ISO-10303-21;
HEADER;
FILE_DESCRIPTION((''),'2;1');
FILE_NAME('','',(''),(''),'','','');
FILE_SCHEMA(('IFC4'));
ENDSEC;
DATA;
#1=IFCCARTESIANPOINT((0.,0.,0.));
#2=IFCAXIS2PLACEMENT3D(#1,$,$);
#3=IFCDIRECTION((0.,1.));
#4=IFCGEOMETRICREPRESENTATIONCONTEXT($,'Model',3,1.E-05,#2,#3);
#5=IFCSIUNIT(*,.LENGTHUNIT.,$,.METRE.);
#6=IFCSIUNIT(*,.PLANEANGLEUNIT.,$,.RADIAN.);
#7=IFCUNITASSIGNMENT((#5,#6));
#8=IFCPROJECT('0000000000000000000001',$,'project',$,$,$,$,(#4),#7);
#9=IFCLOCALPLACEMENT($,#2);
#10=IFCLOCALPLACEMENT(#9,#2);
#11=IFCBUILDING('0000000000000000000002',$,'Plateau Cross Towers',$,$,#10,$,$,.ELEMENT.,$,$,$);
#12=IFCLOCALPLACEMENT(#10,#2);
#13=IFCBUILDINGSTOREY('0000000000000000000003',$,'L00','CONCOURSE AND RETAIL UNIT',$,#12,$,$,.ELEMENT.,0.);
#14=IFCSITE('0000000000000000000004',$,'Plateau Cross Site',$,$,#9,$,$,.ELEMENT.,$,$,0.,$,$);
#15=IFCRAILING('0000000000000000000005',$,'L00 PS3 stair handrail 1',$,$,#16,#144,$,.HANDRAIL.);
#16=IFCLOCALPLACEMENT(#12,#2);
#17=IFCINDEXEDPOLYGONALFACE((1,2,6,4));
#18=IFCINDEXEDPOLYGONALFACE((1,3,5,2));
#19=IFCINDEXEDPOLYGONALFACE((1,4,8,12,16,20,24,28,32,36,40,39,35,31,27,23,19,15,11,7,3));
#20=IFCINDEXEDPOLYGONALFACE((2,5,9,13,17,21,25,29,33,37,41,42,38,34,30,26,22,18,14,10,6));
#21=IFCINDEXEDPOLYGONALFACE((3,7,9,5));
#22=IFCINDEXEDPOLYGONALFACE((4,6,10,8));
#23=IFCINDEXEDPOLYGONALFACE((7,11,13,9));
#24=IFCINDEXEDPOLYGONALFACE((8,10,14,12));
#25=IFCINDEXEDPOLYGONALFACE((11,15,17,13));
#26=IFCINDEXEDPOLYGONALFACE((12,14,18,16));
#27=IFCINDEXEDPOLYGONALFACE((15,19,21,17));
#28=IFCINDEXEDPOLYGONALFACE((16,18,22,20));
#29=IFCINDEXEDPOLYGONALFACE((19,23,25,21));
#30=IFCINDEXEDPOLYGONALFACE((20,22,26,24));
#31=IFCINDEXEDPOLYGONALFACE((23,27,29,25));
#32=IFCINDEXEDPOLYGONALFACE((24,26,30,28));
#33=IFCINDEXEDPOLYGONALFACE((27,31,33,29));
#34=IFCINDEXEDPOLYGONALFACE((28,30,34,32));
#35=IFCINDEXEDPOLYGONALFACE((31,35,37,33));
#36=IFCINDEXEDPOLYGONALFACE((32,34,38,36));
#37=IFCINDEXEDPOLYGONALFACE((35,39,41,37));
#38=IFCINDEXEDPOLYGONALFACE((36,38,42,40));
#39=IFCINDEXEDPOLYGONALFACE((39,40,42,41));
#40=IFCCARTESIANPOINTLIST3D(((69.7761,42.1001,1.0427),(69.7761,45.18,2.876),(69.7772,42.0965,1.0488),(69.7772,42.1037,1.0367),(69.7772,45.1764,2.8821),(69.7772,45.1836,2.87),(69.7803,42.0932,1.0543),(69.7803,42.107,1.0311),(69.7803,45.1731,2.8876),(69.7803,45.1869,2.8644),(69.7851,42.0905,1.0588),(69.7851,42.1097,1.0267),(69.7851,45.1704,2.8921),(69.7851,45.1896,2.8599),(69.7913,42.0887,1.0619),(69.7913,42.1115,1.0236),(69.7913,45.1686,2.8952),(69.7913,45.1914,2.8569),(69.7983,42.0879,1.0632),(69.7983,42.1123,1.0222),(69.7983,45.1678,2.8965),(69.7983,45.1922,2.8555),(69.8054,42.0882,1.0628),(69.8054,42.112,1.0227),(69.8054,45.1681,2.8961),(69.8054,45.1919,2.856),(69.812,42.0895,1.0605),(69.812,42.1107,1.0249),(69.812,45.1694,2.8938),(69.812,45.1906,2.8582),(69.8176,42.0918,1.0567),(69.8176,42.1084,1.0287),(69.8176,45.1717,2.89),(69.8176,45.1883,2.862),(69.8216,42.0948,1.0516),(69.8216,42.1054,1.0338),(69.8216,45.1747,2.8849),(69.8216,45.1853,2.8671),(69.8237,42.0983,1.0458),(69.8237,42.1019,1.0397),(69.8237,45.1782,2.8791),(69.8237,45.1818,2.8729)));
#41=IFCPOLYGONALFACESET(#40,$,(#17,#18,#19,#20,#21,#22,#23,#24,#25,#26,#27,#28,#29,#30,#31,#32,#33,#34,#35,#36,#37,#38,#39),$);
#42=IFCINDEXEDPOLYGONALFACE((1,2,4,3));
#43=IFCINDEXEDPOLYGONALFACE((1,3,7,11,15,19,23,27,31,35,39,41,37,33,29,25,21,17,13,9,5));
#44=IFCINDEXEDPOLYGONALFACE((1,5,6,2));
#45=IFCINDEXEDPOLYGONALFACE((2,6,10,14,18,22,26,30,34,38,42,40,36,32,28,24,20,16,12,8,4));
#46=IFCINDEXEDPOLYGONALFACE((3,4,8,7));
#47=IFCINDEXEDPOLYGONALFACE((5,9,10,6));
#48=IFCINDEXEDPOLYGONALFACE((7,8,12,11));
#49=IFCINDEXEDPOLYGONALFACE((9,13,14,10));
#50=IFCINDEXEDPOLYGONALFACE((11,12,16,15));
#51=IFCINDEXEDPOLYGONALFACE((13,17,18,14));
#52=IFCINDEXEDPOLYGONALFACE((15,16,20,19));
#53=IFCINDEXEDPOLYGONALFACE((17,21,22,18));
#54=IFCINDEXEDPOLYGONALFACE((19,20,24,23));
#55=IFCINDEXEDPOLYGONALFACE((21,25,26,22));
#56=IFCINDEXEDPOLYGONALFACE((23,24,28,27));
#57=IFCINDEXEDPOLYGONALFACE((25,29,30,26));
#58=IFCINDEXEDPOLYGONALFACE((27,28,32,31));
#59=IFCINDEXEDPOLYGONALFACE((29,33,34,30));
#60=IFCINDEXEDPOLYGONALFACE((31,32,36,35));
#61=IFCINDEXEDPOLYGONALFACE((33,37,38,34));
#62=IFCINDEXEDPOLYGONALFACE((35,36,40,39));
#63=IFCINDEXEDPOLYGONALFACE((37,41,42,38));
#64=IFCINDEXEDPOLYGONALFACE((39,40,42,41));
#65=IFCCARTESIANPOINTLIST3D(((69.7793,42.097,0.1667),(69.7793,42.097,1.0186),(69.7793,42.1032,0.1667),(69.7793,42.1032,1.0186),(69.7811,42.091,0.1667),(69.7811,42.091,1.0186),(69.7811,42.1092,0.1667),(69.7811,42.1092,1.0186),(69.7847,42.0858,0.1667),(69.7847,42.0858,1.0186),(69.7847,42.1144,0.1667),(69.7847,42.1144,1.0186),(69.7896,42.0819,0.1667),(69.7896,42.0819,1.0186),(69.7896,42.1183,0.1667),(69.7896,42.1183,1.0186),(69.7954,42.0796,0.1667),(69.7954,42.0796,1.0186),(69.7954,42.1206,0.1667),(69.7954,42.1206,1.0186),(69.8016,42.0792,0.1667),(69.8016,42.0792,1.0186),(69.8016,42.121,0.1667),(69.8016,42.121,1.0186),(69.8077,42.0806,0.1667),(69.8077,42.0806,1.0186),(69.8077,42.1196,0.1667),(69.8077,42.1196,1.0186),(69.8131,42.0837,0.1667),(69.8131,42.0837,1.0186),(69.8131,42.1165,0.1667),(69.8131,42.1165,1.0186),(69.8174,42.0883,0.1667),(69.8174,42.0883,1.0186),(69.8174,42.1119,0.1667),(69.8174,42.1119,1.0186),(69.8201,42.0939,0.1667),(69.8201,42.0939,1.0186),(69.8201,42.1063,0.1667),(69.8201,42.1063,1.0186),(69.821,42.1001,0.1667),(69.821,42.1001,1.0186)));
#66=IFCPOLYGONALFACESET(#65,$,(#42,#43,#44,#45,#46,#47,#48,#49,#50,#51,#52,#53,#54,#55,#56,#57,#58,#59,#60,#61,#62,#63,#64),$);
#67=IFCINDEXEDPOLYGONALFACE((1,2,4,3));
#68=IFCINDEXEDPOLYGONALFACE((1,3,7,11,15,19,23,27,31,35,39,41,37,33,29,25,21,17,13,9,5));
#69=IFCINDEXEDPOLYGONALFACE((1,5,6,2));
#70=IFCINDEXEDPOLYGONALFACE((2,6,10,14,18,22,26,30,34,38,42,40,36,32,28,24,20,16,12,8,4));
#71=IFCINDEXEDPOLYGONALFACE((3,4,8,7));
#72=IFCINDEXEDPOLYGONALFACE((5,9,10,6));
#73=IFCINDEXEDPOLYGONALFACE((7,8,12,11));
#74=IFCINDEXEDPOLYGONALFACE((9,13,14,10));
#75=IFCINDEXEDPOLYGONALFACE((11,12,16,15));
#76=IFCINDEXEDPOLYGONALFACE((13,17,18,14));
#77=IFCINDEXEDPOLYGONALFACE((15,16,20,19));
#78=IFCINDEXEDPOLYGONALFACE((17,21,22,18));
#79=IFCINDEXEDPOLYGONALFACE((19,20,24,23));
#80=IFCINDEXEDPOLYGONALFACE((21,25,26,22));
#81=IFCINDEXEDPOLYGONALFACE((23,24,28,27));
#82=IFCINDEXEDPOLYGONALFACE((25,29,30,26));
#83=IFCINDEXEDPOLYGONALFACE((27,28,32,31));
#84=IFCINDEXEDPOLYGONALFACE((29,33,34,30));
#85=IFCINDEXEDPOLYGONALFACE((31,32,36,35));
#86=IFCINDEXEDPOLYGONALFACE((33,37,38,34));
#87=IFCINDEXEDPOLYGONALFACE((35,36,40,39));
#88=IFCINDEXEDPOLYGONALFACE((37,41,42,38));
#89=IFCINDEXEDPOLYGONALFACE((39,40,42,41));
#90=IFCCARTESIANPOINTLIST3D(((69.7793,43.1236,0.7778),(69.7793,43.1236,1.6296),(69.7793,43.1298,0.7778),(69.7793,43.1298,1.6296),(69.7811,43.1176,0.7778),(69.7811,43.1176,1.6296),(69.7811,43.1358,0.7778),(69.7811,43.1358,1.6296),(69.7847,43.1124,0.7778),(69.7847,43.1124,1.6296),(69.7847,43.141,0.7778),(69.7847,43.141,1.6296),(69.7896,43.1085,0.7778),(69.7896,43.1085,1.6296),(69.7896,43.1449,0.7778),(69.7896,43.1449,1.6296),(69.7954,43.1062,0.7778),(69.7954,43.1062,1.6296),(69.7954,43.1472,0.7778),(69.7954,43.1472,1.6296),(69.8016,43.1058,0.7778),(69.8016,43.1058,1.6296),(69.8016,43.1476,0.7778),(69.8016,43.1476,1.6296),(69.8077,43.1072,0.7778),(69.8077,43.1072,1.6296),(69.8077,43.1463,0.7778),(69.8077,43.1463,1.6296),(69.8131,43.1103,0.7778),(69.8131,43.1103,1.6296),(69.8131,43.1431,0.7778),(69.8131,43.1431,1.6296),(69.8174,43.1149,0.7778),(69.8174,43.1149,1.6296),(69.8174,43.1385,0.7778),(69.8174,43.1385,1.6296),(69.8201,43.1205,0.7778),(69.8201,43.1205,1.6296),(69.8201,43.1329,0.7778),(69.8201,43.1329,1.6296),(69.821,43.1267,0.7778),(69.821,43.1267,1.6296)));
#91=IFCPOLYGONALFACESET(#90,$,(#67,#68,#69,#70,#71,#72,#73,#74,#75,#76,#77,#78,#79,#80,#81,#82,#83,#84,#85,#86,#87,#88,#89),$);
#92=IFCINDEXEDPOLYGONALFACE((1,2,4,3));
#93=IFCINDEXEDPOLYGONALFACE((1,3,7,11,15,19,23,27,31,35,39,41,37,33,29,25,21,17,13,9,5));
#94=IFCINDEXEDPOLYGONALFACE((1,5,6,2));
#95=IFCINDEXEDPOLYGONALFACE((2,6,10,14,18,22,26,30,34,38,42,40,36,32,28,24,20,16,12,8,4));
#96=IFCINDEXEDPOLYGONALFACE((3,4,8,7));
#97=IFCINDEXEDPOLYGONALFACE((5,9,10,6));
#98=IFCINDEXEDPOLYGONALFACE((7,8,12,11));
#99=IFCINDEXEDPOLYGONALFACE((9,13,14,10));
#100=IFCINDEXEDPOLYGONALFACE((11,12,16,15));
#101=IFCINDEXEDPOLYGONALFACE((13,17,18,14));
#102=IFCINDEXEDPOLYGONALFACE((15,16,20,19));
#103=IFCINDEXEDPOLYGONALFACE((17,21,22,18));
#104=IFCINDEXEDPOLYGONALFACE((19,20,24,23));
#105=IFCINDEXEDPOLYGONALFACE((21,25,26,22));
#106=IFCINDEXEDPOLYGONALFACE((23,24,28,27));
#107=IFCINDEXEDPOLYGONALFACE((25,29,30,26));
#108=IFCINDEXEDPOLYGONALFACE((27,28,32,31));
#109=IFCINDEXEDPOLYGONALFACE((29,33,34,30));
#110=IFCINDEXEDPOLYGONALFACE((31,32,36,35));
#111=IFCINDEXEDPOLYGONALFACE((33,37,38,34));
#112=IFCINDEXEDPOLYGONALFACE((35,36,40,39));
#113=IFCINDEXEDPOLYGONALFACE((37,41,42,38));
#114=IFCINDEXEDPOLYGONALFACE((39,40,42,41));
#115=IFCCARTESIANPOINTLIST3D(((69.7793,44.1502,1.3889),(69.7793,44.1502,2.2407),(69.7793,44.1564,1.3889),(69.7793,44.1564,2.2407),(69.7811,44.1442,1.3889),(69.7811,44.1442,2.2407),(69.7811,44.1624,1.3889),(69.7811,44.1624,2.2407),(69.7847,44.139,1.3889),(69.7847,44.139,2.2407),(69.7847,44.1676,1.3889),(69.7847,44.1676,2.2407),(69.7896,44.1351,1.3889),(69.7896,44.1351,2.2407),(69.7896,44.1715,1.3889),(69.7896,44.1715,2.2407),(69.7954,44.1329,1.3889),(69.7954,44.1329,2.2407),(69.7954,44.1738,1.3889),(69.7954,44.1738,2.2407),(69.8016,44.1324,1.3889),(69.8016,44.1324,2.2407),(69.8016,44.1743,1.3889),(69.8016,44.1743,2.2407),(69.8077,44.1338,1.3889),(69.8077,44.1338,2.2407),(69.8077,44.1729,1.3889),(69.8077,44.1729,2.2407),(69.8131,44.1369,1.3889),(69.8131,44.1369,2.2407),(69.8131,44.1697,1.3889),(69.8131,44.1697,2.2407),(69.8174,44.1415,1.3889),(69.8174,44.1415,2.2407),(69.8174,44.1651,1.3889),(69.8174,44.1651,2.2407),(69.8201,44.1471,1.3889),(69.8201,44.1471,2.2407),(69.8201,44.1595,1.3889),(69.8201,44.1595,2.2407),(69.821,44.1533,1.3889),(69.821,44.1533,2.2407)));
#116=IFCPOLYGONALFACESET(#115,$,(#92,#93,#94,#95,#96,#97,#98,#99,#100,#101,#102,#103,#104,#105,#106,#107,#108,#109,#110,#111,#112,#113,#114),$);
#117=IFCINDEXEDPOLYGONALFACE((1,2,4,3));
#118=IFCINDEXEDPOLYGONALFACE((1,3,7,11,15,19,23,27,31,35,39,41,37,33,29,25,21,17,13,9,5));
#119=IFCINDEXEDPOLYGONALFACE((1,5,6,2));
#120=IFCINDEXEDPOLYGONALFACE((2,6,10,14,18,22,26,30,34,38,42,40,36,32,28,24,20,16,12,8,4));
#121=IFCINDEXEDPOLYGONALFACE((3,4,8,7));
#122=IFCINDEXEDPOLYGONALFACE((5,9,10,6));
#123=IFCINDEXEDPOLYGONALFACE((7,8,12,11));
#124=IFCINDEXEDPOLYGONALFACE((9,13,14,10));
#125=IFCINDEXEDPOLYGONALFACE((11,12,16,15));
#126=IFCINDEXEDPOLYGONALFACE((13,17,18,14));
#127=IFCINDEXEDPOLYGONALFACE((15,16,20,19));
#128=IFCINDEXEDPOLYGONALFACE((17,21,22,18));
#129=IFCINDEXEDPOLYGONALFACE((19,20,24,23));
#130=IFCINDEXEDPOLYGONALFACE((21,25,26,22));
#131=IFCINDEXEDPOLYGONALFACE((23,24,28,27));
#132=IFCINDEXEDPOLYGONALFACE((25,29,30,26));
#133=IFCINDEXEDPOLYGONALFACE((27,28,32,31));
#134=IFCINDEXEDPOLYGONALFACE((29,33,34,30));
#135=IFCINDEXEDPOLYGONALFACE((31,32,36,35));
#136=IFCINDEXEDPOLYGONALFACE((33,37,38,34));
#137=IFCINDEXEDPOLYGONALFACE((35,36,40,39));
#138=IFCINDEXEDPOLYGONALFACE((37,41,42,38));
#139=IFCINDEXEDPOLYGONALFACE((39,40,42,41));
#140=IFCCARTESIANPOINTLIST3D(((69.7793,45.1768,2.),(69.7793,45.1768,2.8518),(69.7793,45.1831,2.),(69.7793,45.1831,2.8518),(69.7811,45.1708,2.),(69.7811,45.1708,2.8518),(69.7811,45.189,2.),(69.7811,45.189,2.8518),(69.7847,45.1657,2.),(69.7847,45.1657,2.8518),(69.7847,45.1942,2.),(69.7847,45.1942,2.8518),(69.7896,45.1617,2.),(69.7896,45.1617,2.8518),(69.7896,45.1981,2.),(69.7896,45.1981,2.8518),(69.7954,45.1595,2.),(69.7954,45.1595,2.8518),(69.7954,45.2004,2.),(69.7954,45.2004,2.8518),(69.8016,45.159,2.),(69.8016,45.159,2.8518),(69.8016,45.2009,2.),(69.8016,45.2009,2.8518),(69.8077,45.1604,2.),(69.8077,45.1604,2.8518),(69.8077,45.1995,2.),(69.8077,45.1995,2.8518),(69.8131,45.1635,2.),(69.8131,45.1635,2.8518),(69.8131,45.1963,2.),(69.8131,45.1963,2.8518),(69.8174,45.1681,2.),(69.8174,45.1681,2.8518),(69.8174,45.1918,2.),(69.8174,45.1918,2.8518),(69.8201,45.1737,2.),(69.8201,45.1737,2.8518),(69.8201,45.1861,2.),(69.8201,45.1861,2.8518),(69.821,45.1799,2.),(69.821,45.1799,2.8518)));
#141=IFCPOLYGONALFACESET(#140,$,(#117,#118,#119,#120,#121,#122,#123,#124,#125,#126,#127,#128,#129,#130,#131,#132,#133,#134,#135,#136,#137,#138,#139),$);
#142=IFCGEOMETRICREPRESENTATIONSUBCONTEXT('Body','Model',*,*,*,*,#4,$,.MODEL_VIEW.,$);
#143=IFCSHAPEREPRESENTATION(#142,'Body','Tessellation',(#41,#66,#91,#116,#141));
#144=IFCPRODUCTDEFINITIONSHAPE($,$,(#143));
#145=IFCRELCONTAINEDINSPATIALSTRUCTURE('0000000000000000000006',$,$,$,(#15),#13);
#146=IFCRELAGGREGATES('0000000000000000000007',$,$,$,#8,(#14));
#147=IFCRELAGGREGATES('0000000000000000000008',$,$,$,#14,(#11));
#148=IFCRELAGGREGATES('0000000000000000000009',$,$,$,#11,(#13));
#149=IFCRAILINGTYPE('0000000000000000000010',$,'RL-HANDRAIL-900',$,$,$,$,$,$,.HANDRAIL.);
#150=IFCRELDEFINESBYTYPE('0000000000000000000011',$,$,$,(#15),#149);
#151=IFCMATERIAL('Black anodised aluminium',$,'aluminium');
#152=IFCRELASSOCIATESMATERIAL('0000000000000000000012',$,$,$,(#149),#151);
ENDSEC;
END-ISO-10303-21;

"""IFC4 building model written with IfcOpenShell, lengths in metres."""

from ifc_helpers import new_model, si_unit, direction, frame, origin, origin_2d, place, context, subcontext, project, spatial, circle, extrude, material, type_object, element, save


model = new_model("IFC4")

# Units and contexts
model_context = context("Model", 3, precision=1e-05, world=origin(), true_north=direction((0.0, 1.0)))
body_context = subcontext(model_context, "Body", "Model", "MODEL_VIEW")
ifc_project = project(units=[si_unit("LENGTHUNIT", "METRE"), si_unit("PLANEANGLEUNIT", "RADIAN")], contexts=[model_context])

# Site, building, storey
site_placement = place(None, origin())
site = spatial("IfcSite", under=ifc_project, at=site_placement, Name="Plateau Cross Site", CompositionType="ELEMENT", RefElevation=0.0)
building_placement = place(site_placement, origin())
building = spatial("IfcBuilding", under=site, at=building_placement, Name="Plateau Cross Towers", CompositionType="ELEMENT")
storey_placement = place(building_placement, origin())
storey = spatial("IfcBuildingStorey", under=building, at=storey_placement, Name="L00", Description="CONCOURSE AND RETAIL UNIT", CompositionType="ELEMENT", Elevation=0.0)

# Railing
ifc_material_1 = material(Name="Black anodised aluminium", Category="aluminium")
railing_type_1 = type_object("IfcRailingType", Name="RL-HANDRAIL-900", PredefinedType="HANDRAIL", material=ifc_material_1)
for number, where, name in (
    (1, (69.8, 42.1001, 0.1667), "L00 PS3 stair handrail 1"),
):
    element("IfcRailing", number, at=place(storey_placement, frame(where)), inside=storey, type_object=railing_type_1, Name=name, PredefinedType="HANDRAIL", context=body_context, shape_type="SweptSolid", body=[
        extrude(circle(Radius=0.0239, at=origin_2d()), frame((0.0, 0.0, 0.876), z_axis=(0.0, 0.859291, 0.511487), x_axis=(-1.0, 0.0, 0.0)), (0.0, 0.0, 1.0), 3.5842),
        extrude(circle(Radius=0.021, at=origin_2d()), origin(), (0.0, 0.0, 1.0), 0.8518),
        extrude(circle(Radius=0.021, at=origin_2d()), frame((0.0, 1.0266, 0.6111)), (0.0, 0.0, 1.0), 0.8518),
        extrude(circle(Radius=0.021, at=origin_2d()), frame((0.0, 2.0532, 1.2222)), (0.0, 0.0, 1.0), 0.8518),
        extrude(circle(Radius=0.021, at=origin_2d()), frame((0.0, 3.0798, 1.8333)), (0.0, 0.0, 1.0), 0.8518),
    ])

save(model, "model.ifc")
